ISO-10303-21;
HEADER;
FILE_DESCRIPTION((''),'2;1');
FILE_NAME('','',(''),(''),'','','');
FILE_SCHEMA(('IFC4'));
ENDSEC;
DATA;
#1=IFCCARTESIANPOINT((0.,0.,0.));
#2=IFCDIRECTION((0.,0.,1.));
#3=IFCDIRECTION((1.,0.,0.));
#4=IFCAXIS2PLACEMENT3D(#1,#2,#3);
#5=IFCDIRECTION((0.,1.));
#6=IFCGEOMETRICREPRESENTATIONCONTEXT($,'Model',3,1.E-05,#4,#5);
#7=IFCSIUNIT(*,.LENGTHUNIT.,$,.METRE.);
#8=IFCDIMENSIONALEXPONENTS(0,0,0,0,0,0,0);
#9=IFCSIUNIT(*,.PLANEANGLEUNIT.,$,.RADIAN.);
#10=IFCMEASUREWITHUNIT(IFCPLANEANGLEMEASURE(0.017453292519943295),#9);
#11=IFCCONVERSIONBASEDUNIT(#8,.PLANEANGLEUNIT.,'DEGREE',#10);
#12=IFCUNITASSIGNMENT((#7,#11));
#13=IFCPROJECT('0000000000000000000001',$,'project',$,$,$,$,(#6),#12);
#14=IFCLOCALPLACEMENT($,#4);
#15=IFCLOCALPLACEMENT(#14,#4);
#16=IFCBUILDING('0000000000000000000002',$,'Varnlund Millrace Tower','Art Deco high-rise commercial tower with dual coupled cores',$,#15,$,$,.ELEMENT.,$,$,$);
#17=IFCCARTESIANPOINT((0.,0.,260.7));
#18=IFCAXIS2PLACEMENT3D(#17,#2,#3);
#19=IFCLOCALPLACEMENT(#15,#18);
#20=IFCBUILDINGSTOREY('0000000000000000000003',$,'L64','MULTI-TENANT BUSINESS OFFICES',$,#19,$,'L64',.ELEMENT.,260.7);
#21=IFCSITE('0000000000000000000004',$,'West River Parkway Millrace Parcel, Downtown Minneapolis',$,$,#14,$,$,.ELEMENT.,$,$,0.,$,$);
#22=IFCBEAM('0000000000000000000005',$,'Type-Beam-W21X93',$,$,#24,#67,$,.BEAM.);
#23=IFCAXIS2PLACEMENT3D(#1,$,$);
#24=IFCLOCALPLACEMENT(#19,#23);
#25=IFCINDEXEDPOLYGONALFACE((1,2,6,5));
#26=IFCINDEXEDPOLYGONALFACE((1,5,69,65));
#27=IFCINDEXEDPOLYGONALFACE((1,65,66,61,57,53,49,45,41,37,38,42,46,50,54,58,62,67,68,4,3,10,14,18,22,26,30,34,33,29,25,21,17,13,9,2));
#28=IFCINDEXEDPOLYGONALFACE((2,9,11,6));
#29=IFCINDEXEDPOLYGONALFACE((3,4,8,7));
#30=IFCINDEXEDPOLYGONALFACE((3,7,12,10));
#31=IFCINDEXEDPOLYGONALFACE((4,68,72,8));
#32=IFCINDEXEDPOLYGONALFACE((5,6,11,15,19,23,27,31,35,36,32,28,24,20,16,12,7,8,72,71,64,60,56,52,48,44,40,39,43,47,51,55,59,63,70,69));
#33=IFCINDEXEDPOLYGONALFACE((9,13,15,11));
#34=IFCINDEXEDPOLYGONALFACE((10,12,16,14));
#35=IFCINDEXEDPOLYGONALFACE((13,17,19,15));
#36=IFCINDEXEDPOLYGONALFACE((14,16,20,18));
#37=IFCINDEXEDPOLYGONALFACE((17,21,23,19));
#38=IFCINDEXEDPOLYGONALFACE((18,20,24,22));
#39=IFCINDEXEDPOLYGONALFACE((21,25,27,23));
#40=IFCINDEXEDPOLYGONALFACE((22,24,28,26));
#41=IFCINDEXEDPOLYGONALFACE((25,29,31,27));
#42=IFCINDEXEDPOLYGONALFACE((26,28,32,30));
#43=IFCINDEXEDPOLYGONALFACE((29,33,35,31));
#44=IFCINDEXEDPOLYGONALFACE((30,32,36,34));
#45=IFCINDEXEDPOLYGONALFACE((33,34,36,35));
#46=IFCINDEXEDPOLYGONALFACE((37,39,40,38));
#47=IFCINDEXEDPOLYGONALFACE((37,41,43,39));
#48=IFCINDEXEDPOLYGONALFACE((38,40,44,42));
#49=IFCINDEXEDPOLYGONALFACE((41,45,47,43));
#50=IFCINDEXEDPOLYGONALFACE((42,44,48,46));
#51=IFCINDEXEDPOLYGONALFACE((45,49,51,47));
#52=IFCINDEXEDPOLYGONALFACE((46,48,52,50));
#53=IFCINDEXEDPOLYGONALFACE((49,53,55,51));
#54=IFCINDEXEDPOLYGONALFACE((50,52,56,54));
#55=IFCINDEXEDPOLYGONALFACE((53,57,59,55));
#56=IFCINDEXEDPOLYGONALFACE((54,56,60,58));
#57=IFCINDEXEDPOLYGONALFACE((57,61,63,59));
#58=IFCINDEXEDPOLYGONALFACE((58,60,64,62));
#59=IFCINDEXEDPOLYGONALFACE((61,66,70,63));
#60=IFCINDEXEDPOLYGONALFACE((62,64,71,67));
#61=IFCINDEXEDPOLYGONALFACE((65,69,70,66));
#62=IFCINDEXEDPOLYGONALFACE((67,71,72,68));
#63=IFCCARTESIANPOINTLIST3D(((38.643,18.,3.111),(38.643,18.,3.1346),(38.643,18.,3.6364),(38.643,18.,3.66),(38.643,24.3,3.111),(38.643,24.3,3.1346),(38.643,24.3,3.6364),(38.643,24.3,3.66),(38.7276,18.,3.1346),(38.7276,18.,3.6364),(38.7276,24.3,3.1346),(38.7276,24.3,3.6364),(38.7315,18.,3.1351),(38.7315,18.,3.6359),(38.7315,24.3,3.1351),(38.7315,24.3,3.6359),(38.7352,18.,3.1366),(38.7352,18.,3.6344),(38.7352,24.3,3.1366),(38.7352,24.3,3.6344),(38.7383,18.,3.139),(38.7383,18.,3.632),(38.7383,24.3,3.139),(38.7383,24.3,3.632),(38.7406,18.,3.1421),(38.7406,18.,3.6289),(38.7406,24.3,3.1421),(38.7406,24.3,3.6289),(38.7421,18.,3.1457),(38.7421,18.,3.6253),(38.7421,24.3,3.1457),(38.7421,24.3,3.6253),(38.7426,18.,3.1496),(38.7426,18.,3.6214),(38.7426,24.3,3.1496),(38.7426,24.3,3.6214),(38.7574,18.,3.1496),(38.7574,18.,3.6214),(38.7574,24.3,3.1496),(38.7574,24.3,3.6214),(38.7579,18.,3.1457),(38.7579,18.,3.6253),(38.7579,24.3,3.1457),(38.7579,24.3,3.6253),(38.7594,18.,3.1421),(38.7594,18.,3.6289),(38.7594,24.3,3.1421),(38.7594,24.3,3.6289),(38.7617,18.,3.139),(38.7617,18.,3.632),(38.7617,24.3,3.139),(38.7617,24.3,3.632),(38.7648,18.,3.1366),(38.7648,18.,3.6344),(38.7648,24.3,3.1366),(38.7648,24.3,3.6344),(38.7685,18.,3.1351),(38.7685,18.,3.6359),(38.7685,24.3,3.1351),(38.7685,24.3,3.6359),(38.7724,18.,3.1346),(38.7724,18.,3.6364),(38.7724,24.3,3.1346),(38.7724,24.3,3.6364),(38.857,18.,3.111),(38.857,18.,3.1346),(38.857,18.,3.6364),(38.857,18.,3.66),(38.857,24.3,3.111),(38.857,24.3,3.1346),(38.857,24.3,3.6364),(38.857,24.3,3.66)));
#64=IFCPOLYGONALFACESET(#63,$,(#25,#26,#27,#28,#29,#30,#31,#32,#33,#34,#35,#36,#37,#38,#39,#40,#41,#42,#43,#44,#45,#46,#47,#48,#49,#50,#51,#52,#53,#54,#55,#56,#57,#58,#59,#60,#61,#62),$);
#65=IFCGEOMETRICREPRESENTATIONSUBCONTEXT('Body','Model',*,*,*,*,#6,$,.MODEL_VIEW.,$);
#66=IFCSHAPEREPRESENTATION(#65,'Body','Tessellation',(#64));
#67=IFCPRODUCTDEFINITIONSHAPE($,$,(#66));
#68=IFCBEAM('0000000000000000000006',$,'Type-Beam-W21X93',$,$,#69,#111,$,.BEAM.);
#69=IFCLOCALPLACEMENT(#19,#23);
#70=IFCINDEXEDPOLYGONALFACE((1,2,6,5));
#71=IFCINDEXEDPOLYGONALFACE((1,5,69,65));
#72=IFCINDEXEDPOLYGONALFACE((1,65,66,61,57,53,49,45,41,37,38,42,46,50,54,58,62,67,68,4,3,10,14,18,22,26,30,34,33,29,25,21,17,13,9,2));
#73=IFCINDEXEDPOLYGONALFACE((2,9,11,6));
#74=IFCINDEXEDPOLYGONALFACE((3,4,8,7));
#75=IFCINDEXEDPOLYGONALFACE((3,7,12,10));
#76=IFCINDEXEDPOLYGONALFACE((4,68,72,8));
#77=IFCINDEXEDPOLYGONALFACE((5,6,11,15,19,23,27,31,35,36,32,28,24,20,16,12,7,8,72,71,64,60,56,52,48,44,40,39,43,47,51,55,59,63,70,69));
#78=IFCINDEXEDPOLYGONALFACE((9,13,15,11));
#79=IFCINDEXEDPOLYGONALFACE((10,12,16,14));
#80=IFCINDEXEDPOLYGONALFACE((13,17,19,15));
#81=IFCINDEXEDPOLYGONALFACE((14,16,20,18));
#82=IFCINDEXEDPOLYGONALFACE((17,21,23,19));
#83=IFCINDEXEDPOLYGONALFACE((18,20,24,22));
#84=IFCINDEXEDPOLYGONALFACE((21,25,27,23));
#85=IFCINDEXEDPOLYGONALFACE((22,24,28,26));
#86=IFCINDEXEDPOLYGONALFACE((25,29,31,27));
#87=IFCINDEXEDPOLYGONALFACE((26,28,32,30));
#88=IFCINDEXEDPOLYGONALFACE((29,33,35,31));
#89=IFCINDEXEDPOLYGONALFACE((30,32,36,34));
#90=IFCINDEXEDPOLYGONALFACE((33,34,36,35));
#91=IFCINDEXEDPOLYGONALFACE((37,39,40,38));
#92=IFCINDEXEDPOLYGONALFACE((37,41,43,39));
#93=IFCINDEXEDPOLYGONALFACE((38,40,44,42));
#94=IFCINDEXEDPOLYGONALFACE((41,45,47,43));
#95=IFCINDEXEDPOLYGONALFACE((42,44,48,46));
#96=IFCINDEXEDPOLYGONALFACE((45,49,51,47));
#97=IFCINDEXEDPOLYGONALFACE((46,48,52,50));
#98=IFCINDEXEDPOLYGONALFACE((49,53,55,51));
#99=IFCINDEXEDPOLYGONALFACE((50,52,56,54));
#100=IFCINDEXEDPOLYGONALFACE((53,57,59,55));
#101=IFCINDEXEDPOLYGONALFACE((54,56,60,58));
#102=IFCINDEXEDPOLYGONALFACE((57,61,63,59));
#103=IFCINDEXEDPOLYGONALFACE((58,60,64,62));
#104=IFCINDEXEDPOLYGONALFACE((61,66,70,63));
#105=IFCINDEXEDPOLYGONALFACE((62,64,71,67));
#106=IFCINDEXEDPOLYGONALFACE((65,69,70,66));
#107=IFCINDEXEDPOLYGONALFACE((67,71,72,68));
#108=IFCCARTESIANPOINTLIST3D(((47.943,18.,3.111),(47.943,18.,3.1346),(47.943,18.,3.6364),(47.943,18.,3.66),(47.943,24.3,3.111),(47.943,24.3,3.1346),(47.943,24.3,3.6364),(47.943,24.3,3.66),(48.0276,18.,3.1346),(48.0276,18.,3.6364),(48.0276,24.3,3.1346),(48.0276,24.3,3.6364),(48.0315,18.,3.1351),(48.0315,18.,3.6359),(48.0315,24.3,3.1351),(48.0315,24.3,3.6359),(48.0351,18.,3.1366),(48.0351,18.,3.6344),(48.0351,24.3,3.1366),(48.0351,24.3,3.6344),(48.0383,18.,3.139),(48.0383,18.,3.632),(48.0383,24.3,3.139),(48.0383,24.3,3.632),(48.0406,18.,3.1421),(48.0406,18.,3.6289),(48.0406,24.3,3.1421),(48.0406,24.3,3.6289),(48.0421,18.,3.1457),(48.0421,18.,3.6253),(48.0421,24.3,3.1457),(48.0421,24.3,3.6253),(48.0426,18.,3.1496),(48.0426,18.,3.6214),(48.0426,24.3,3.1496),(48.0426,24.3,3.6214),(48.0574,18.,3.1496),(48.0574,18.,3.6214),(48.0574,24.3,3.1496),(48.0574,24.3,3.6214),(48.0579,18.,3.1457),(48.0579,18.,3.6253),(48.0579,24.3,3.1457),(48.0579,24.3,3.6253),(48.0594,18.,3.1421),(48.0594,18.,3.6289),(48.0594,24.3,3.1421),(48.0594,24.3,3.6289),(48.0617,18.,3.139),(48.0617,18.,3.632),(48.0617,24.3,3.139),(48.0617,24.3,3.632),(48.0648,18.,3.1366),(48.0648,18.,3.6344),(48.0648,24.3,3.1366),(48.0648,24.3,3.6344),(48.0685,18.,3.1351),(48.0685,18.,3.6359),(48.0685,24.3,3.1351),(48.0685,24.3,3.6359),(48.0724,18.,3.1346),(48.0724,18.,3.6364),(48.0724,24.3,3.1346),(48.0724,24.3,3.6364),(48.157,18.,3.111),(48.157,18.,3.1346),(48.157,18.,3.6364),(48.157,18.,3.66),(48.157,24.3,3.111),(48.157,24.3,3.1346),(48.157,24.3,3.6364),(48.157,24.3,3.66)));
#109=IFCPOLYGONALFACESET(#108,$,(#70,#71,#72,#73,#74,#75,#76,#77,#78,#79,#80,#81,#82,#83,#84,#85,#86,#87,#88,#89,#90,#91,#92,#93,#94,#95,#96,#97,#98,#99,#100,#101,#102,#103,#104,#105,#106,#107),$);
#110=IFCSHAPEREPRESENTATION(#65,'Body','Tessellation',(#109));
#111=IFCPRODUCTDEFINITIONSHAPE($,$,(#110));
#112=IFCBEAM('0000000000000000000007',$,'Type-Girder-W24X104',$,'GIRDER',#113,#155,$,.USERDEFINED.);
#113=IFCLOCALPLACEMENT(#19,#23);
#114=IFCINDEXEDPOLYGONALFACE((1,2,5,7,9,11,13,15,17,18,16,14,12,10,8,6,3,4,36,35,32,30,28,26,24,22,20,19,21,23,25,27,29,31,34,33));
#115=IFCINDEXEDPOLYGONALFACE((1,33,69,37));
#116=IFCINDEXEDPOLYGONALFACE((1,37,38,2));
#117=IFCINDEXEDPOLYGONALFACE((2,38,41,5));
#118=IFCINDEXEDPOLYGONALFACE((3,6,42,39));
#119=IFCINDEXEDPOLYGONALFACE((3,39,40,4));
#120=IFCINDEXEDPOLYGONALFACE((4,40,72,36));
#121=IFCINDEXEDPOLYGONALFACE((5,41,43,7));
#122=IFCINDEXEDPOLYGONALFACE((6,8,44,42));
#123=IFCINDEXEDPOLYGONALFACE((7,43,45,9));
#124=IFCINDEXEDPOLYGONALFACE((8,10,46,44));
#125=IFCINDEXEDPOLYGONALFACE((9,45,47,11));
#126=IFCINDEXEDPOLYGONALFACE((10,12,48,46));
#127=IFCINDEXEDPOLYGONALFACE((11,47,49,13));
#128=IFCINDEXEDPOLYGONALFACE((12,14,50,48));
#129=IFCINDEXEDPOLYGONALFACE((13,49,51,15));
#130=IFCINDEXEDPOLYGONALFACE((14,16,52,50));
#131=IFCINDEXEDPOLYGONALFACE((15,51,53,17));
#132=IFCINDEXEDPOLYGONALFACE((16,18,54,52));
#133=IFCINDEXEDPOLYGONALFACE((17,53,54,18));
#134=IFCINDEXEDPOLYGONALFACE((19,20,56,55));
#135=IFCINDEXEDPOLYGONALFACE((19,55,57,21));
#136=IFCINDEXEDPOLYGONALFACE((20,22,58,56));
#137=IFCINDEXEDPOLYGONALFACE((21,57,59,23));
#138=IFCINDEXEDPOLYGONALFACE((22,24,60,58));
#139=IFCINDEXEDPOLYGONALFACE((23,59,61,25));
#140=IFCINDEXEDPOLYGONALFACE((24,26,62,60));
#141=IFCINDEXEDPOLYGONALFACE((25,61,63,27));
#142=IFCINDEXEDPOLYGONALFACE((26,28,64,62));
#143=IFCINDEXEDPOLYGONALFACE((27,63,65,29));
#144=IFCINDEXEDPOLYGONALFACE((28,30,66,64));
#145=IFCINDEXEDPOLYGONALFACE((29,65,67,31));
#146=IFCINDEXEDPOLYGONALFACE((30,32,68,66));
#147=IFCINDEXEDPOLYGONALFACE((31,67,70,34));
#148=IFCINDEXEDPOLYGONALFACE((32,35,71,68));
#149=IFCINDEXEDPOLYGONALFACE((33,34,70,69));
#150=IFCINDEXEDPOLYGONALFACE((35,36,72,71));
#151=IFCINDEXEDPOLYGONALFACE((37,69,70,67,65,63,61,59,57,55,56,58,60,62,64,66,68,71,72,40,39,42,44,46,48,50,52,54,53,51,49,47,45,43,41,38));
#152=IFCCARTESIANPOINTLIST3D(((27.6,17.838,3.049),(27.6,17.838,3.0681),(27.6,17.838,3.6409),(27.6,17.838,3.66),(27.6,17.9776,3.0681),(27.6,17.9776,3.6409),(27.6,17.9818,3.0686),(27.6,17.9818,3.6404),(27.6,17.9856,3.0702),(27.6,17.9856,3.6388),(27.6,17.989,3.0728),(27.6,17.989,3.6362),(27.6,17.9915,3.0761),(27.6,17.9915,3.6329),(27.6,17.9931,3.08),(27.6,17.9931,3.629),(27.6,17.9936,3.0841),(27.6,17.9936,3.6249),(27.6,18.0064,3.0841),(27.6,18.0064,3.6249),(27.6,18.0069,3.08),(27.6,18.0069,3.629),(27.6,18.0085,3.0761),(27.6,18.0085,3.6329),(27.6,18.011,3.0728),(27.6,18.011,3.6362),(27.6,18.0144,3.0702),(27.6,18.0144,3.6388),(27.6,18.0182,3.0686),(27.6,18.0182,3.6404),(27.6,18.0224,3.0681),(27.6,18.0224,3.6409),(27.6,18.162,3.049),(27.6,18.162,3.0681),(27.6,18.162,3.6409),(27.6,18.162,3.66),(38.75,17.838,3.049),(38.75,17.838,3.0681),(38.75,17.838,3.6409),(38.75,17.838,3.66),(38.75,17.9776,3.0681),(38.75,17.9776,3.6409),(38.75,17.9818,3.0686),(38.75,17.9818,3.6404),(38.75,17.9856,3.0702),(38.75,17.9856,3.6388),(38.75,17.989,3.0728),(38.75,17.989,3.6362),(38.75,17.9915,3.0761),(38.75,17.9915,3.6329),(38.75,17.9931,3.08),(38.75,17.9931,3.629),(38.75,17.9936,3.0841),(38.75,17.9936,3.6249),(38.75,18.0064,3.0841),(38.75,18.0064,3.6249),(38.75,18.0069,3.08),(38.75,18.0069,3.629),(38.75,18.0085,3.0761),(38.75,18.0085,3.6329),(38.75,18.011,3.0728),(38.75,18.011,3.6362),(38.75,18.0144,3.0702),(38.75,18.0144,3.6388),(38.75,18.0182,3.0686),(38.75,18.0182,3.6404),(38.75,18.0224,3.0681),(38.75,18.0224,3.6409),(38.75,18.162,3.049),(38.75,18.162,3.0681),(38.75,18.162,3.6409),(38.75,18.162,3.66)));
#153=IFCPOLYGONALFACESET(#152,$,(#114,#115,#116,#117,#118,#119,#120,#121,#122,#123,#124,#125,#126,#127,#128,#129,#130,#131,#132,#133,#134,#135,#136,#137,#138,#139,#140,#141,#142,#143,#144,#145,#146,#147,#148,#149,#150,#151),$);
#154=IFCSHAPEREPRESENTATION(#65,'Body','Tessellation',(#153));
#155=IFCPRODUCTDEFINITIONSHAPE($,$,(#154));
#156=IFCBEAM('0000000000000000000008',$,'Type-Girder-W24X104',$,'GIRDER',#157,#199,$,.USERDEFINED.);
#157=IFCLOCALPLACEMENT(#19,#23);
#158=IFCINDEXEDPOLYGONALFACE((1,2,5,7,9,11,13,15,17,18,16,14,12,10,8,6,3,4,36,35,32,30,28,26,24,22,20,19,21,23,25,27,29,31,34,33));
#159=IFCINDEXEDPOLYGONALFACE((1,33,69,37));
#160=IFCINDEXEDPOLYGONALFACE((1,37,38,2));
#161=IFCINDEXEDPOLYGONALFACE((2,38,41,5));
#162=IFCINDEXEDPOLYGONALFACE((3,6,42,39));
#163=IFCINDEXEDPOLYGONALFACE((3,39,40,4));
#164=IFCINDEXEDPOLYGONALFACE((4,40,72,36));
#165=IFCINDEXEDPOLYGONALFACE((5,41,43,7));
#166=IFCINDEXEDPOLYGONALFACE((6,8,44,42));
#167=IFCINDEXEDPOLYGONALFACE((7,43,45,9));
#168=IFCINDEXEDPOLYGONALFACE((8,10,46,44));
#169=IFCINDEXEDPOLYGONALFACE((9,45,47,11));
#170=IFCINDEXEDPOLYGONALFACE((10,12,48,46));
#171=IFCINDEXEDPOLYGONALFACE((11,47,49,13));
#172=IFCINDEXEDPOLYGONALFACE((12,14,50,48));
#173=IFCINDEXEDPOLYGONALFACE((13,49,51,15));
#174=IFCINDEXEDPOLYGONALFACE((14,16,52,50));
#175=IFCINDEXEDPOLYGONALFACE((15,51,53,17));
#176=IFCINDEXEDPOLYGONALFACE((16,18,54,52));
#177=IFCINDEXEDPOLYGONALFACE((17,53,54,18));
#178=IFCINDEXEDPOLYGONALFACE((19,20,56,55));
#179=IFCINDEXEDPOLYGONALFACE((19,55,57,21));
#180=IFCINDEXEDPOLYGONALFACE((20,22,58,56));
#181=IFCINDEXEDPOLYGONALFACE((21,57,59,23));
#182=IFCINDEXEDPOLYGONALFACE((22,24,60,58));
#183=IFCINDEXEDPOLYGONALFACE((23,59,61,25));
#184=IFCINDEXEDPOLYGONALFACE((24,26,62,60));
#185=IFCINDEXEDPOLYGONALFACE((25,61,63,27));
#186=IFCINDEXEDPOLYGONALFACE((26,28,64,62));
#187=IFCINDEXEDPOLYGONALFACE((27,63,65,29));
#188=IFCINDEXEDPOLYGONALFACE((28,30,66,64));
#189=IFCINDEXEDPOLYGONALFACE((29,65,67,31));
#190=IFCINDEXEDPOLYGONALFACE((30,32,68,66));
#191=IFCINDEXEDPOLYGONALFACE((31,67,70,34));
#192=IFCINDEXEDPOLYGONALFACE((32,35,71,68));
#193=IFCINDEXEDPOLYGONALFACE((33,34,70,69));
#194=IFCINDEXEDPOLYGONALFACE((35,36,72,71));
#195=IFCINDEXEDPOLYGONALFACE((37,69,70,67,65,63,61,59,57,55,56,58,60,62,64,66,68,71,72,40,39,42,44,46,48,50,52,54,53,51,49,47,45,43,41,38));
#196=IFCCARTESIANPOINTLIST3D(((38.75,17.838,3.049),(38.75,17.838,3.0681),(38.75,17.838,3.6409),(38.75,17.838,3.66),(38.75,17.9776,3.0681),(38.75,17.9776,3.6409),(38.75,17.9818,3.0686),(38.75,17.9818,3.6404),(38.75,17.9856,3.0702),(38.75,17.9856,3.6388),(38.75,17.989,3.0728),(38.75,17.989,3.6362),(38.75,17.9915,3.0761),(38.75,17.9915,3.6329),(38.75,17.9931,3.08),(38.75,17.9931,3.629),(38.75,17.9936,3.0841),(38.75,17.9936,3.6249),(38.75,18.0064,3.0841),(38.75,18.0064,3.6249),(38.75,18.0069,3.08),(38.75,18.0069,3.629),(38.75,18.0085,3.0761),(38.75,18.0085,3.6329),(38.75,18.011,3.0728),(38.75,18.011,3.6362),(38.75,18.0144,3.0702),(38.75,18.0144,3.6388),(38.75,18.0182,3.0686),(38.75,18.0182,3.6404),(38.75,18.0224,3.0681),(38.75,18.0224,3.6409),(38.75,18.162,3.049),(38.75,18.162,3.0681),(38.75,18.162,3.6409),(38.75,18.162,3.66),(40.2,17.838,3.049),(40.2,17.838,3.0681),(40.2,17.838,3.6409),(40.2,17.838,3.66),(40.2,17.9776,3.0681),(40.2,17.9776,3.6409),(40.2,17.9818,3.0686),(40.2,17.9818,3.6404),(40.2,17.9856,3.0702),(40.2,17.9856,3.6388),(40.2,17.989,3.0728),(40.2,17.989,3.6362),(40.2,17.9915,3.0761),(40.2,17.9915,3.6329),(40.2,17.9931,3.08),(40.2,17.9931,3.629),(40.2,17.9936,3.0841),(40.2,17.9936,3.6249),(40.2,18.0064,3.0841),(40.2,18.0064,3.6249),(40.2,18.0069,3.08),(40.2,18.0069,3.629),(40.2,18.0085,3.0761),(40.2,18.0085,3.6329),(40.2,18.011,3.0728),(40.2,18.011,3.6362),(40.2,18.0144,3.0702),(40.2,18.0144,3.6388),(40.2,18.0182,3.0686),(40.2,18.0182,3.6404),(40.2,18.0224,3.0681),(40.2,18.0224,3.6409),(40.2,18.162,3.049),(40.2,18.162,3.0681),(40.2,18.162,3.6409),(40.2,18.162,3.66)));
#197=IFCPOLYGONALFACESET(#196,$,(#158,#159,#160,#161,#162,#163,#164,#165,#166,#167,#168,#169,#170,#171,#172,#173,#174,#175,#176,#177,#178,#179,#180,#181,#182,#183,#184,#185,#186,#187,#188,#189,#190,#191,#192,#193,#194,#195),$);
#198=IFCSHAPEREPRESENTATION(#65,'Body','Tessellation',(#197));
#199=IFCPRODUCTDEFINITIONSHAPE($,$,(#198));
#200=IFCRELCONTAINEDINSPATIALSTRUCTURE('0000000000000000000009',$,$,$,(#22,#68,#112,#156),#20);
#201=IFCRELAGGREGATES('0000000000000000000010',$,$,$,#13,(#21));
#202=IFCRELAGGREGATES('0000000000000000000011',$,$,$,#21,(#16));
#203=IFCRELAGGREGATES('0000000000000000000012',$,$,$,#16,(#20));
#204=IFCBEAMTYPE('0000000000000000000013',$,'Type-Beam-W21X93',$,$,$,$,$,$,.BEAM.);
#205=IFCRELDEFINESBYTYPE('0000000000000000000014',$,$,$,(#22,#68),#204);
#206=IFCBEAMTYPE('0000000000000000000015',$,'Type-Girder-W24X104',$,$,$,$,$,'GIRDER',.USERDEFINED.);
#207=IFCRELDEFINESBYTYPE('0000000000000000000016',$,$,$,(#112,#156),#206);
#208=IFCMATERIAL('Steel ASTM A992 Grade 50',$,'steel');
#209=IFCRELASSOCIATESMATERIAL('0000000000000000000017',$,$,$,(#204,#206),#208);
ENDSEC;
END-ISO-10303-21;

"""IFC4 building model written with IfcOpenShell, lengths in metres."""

from ifc_helpers import new_model, entity, si_unit, converted_unit, direction, frame, origin_with_axes, origin_2d_with_axis, place, context, subcontext, project, spatial, i_section, extrude, material, material_profile, profile_set, type_object, element, save


model = new_model("IFC4")

# Units and contexts
model_context = context("Model", 3, precision=1e-05, world=origin_with_axes(), true_north=direction((0.0, 1.0)))
body_context = subcontext(model_context, "Body", "Model", "MODEL_VIEW")
ifc_project = project(units=[si_unit("LENGTHUNIT", "METRE"), converted_unit("PLANEANGLEUNIT", "DEGREE", entity("IfcPlaneAngleMeasure", 0.017453292519943295), si_unit("PLANEANGLEUNIT", "RADIAN"), dimensions=[0, 0, 0, 0, 0, 0, 0])], contexts=[model_context])

# Site, building, storey
site_placement = place(None, origin_with_axes())
site = spatial("IfcSite", under=ifc_project, at=site_placement, Name="West River Parkway Millrace Parcel, Downtown Minneapolis", CompositionType="ELEMENT", RefElevation=0.0)
building_placement = place(site_placement, origin_with_axes())
building = spatial("IfcBuilding", under=site, at=building_placement, Name="Varnlund Millrace Tower", Description="Art Deco high-rise commercial tower with dual coupled cores", CompositionType="ELEMENT")
storey_placement = place(building_placement, frame((0.0, 0.0, 260.7), z_axis=(0.0, 0.0, 1.0), x_axis=(1.0, 0.0, 0.0)))
storey = spatial("IfcBuildingStorey", under=building, at=storey_placement, Name="L64", Description="MULTI-TENANT BUSINESS OFFICES", LongName="L64", CompositionType="ELEMENT", Elevation=260.7)

# Beams
ifc_material_1 = material(Name="Steel ASTM A992 Grade 50", Category="steel")
ifc_material_profile_1 = material_profile(ifc_material_1, i_section(OverallWidth=0.214, OverallDepth=0.549, WebThickness=0.0147, FlangeThickness=0.0236, FilletRadius=0.015, at=origin_2d_with_axis()), Name="Steel ASTM A992 Grade 50")
ifc_profile_set_1 = profile_set([ifc_material_profile_1], Name="Steel ASTM A992 Grade 50")
beam_type_1 = type_object("IfcBeamType", Name="Type-Beam-W21X93", PredefinedType="BEAM", material=ifc_profile_set_1)
for number, where, z_axis, x_axis, name in (
    (1, (38.75, 18.0, 3.3855), (0.0, 1.0, 0.0), (-1.0, 0.0, 0.0), "Type-Beam-W21X93"),
    (2, (48.05, 18.0, 3.3855), (0.0, 1.0, 0.0), (-1.0, 0.0, 0.0), "Type-Beam-W21X93"),
):
    element("IfcBeam", number, at=place(storey_placement, frame(where, z_axis=z_axis, x_axis=x_axis)), inside=storey, type_object=beam_type_1, Name=name, PredefinedType="BEAM", context=body_context, shape_type="SweptSolid", body=[
        extrude(i_section(OverallWidth=0.214, OverallDepth=0.549, WebThickness=0.0147, FlangeThickness=0.0236, FilletRadius=0.015, at=origin_2d_with_axis()), origin_with_axes(), (0.0, 0.0, 1.0), 6.3),
    ])
ifc_material_profile_2 = material_profile(ifc_material_1, i_section(OverallWidth=0.324, OverallDepth=0.611, WebThickness=0.0127, FlangeThickness=0.0191, FilletRadius=0.016, at=origin_2d_with_axis()), Name="Steel ASTM A992 Grade 50")
ifc_profile_set_2 = profile_set([ifc_material_profile_2], Name="Steel ASTM A992 Grade 50")
beam_type_2 = type_object("IfcBeamType", Name="Type-Girder-W24X104", ElementType="GIRDER", PredefinedType="USERDEFINED", material=ifc_profile_set_2)
beam_1_placement = place(storey_placement, frame((27.6, 18.0, 3.3545), z_axis=(1.0, 0.0, 0.0), x_axis=(0.0, 1.0, 0.0)))
element("IfcBeam", 3, at=beam_1_placement, inside=storey, type_object=beam_type_2, Name="Type-Girder-W24X104", ObjectType="GIRDER", PredefinedType="USERDEFINED", context=body_context, shape_type="SweptSolid", body=[
    extrude(i_section(OverallWidth=0.324, OverallDepth=0.611, WebThickness=0.0127, FlangeThickness=0.0191, FilletRadius=0.016, at=origin_2d_with_axis()), origin_with_axes(), (0.0, 0.0, 1.0), 11.15),
])
beam_2_placement = place(storey_placement, frame((38.75, 18.0, 3.3545), z_axis=(1.0, 0.0, 0.0), x_axis=(0.0, 1.0, 0.0)))
element("IfcBeam", 4, at=beam_2_placement, inside=storey, type_object=beam_type_2, Name="Type-Girder-W24X104", ObjectType="GIRDER", PredefinedType="USERDEFINED", context=body_context, shape_type="SweptSolid", body=[
    extrude(i_section(OverallWidth=0.324, OverallDepth=0.611, WebThickness=0.0127, FlangeThickness=0.0191, FilletRadius=0.016, at=origin_2d_with_axis()), origin_with_axes(), (0.0, 0.0, 1.0), 1.45),
])

save(model, "model.ifc")
